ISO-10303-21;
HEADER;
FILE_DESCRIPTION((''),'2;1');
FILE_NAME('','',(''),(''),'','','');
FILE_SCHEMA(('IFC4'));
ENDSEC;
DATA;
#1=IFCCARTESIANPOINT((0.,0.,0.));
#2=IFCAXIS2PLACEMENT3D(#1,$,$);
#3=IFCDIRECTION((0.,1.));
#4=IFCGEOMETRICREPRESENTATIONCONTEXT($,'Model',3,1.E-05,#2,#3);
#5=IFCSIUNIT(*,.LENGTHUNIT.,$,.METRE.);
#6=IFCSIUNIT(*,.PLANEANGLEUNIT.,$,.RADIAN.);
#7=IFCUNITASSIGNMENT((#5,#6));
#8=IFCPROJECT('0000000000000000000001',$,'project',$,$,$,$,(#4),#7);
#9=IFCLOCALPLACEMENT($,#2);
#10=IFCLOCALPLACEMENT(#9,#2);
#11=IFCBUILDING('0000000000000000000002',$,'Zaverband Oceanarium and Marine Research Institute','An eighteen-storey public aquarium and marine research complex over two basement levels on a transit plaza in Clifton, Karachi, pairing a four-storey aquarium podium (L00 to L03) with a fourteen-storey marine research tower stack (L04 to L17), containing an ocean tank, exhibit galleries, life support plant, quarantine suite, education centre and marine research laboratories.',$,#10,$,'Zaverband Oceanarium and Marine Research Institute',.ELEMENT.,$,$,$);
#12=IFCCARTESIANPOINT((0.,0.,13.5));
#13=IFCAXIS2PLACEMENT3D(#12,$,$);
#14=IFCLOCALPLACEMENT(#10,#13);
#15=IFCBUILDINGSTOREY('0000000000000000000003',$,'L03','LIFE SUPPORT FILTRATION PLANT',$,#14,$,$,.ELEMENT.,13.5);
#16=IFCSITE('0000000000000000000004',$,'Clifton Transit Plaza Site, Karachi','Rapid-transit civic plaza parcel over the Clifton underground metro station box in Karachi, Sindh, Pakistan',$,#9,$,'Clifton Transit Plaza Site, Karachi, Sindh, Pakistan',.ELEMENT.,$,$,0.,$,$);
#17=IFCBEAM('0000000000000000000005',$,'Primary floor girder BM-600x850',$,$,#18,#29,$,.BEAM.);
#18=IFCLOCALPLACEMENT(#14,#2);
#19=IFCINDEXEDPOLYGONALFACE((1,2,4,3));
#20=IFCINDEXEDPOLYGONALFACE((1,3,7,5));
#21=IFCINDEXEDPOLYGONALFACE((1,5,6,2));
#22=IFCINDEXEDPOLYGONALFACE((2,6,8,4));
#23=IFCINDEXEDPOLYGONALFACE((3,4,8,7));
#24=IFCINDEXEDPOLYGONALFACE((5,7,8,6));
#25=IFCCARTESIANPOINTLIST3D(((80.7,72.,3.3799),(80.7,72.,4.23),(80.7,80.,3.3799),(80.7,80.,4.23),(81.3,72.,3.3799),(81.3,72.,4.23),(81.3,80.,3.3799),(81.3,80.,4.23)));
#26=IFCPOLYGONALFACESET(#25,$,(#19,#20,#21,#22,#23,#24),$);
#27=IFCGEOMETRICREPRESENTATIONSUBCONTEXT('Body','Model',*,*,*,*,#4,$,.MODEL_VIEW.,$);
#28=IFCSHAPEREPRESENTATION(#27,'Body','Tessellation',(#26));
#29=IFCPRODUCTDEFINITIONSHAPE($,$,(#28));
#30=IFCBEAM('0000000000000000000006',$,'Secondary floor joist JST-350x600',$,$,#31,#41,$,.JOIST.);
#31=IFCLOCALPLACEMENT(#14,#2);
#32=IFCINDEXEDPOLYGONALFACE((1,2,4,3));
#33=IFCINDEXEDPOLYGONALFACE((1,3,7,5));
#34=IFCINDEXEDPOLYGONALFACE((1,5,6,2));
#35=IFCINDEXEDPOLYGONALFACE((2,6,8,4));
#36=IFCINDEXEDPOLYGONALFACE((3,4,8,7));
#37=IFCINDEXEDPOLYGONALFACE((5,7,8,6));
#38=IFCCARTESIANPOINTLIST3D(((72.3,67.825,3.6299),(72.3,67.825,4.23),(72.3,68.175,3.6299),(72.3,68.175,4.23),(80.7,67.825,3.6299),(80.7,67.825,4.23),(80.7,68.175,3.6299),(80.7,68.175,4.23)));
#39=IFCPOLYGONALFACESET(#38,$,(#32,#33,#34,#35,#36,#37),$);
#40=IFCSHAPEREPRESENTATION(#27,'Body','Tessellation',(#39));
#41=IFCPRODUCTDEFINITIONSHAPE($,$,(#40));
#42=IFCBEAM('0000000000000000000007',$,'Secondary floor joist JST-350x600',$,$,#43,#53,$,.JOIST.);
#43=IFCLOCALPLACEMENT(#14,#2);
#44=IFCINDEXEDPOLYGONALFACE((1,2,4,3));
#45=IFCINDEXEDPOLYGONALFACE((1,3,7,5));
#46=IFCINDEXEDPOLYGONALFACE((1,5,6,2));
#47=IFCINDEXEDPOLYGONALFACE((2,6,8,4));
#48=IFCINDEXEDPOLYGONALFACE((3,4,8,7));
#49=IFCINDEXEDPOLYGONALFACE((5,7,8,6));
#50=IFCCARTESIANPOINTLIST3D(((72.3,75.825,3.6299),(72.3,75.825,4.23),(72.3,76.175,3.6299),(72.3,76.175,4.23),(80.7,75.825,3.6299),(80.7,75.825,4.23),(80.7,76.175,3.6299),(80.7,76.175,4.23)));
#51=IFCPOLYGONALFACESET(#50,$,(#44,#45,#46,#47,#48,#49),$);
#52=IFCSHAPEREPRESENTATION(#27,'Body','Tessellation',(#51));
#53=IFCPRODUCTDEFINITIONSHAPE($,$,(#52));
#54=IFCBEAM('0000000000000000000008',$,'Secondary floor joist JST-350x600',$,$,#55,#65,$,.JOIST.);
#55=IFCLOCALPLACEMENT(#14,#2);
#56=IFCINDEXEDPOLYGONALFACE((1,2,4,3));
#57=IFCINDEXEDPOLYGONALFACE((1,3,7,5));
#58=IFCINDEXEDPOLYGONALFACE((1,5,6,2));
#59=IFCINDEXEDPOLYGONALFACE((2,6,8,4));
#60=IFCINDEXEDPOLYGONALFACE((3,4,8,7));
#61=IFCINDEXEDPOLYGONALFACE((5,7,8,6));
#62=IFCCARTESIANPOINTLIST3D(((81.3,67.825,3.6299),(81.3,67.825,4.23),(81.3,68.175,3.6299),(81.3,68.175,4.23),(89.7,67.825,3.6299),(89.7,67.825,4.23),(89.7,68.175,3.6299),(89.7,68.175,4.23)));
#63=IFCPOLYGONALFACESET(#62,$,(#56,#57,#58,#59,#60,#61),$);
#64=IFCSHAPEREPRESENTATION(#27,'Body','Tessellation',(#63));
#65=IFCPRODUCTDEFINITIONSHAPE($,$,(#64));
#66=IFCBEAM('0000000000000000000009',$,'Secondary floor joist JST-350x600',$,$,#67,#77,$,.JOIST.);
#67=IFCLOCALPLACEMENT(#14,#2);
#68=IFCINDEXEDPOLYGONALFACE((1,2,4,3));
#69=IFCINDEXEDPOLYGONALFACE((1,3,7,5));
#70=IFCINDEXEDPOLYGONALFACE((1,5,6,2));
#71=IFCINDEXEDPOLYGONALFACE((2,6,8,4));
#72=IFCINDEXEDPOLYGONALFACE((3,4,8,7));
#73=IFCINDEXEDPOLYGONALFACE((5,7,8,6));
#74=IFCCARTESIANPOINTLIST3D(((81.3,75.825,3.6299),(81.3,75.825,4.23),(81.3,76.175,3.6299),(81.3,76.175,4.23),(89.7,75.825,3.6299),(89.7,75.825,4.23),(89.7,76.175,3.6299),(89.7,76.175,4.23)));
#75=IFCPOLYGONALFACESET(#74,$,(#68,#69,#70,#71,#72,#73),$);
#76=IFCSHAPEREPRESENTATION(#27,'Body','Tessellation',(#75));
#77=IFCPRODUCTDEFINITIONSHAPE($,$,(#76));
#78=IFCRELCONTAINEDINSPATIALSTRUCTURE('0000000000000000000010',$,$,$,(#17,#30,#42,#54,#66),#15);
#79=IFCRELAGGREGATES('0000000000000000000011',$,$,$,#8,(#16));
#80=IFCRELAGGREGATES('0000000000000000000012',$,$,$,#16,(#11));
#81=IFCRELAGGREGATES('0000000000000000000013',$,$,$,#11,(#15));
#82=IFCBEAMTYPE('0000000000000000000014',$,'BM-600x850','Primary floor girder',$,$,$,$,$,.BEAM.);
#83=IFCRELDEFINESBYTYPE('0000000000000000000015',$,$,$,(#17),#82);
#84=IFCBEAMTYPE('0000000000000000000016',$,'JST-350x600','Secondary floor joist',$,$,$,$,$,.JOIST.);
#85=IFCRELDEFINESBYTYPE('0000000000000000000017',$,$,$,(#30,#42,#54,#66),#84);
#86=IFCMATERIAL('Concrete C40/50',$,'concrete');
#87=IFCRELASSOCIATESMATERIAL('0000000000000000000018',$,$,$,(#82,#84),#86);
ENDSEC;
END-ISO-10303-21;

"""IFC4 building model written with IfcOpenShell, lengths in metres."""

from ifc_helpers import new_model, si_unit, direction, frame, origin, origin_2d, place, context, subcontext, project, spatial, rectangle, extrude, material, material_profile, profile_set, type_object, element, save


model = new_model("IFC4")

# Units and contexts
model_context = context("Model", 3, precision=1e-05, world=origin(), true_north=direction((0.0, 1.0)))
body_context = subcontext(model_context, "Body", "Model", "MODEL_VIEW")
ifc_project = project(units=[si_unit("LENGTHUNIT", "METRE"), si_unit("PLANEANGLEUNIT", "RADIAN")], contexts=[model_context])

# Site, building, storey
site_placement = place(None, origin())
site = spatial("IfcSite", under=ifc_project, at=site_placement, Name="Clifton Transit Plaza Site, Karachi", Description="Rapid-transit civic plaza parcel over the Clifton underground metro station box in Karachi, Sindh, Pakistan", LongName="Clifton Transit Plaza Site, Karachi, Sindh, Pakistan", CompositionType="ELEMENT", RefElevation=0.0)
building_placement = place(site_placement, origin())
building = spatial("IfcBuilding", under=site, at=building_placement, Name="Zaverband Oceanarium and Marine Research Institute", Description="An eighteen-storey public aquarium and marine research complex over two basement levels on a transit plaza in Clifton, Karachi, pairing a four-storey aquarium podium (L00 to L03) with a fourteen-storey marine research tower stack (L04 to L17), containing an ocean tank, exhibit galleries, life support plant, quarantine suite, education centre and marine research laboratories.", LongName="Zaverband Oceanarium and Marine Research Institute", CompositionType="ELEMENT")
storey_placement = place(building_placement, frame((0.0, 0.0, 13.5)))
storey = spatial("IfcBuildingStorey", under=building, at=storey_placement, Name="L03", Description="LIFE SUPPORT FILTRATION PLANT", CompositionType="ELEMENT", Elevation=13.5)

# Beams
ifc_material_1 = material(Name="Concrete C40/50", Category="concrete")
ifc_material_profile_1 = material_profile(ifc_material_1, rectangle(XDim=0.6001, YDim=0.8501, at=origin_2d()), Name="RC600x850")
ifc_profile_set_1 = profile_set([ifc_material_profile_1], Name="Concrete C40/50")
beam_type_1 = type_object("IfcBeamType", Name="BM-600x850", Description="Primary floor girder", PredefinedType="BEAM", material=ifc_profile_set_1)
for number, where, z_axis, x_axis, name in (
    (1, (81.0, 72.0, 3.8049), (0.0, 1.0, 0.0), (-1.0, 0.0, 0.0), "Primary floor girder BM-600x850"),
):
    element("IfcBeam", number, at=place(storey_placement, frame(where, z_axis=z_axis, x_axis=x_axis)), inside=storey, type_object=beam_type_1, Name=name, PredefinedType="BEAM", context=body_context, shape_type="SweptSolid", body=[
        extrude(rectangle(XDim=0.6001, YDim=0.8501, at=origin_2d()), origin(), (0.0, 0.0, 1.0), 8.0),
    ])
ifc_material_profile_2 = material_profile(ifc_material_1, rectangle(XDim=0.3501, YDim=0.6001, at=origin_2d()), Name="RC350x600")
ifc_profile_set_2 = profile_set([ifc_material_profile_2], Name="Concrete C40/50")
beam_type_2 = type_object("IfcBeamType", Name="JST-350x600", Description="Secondary floor joist", PredefinedType="JOIST", material=ifc_profile_set_2)
for number, where, z_axis, x_axis, name in (
    (2, (72.3, 68.0, 3.9299), (1.0, 0.0, 0.0), (0.0, 1.0, 0.0), "Secondary floor joist JST-350x600"),
    (3, (72.3, 76.0, 3.9299), (1.0, 0.0, 0.0), (0.0, 1.0, 0.0), "Secondary floor joist JST-350x600"),
    (4, (81.3, 68.0, 3.9299), (1.0, 0.0, 0.0), (0.0, 1.0, 0.0), "Secondary floor joist JST-350x600"),
    (5, (81.3, 76.0, 3.9299), (1.0, 0.0, 0.0), (0.0, 1.0, 0.0), "Secondary floor joist JST-350x600"),
):
    element("IfcBeam", number, at=place(storey_placement, frame(where, z_axis=z_axis, x_axis=x_axis)), inside=storey, type_object=beam_type_2, Name=name, PredefinedType="JOIST", context=body_context, shape_type="SweptSolid", body=[
        extrude(rectangle(XDim=0.3501, YDim=0.6001, at=origin_2d()), origin(), (0.0, 0.0, 1.0), 8.3999),
    ])

save(model, "model.ifc")
